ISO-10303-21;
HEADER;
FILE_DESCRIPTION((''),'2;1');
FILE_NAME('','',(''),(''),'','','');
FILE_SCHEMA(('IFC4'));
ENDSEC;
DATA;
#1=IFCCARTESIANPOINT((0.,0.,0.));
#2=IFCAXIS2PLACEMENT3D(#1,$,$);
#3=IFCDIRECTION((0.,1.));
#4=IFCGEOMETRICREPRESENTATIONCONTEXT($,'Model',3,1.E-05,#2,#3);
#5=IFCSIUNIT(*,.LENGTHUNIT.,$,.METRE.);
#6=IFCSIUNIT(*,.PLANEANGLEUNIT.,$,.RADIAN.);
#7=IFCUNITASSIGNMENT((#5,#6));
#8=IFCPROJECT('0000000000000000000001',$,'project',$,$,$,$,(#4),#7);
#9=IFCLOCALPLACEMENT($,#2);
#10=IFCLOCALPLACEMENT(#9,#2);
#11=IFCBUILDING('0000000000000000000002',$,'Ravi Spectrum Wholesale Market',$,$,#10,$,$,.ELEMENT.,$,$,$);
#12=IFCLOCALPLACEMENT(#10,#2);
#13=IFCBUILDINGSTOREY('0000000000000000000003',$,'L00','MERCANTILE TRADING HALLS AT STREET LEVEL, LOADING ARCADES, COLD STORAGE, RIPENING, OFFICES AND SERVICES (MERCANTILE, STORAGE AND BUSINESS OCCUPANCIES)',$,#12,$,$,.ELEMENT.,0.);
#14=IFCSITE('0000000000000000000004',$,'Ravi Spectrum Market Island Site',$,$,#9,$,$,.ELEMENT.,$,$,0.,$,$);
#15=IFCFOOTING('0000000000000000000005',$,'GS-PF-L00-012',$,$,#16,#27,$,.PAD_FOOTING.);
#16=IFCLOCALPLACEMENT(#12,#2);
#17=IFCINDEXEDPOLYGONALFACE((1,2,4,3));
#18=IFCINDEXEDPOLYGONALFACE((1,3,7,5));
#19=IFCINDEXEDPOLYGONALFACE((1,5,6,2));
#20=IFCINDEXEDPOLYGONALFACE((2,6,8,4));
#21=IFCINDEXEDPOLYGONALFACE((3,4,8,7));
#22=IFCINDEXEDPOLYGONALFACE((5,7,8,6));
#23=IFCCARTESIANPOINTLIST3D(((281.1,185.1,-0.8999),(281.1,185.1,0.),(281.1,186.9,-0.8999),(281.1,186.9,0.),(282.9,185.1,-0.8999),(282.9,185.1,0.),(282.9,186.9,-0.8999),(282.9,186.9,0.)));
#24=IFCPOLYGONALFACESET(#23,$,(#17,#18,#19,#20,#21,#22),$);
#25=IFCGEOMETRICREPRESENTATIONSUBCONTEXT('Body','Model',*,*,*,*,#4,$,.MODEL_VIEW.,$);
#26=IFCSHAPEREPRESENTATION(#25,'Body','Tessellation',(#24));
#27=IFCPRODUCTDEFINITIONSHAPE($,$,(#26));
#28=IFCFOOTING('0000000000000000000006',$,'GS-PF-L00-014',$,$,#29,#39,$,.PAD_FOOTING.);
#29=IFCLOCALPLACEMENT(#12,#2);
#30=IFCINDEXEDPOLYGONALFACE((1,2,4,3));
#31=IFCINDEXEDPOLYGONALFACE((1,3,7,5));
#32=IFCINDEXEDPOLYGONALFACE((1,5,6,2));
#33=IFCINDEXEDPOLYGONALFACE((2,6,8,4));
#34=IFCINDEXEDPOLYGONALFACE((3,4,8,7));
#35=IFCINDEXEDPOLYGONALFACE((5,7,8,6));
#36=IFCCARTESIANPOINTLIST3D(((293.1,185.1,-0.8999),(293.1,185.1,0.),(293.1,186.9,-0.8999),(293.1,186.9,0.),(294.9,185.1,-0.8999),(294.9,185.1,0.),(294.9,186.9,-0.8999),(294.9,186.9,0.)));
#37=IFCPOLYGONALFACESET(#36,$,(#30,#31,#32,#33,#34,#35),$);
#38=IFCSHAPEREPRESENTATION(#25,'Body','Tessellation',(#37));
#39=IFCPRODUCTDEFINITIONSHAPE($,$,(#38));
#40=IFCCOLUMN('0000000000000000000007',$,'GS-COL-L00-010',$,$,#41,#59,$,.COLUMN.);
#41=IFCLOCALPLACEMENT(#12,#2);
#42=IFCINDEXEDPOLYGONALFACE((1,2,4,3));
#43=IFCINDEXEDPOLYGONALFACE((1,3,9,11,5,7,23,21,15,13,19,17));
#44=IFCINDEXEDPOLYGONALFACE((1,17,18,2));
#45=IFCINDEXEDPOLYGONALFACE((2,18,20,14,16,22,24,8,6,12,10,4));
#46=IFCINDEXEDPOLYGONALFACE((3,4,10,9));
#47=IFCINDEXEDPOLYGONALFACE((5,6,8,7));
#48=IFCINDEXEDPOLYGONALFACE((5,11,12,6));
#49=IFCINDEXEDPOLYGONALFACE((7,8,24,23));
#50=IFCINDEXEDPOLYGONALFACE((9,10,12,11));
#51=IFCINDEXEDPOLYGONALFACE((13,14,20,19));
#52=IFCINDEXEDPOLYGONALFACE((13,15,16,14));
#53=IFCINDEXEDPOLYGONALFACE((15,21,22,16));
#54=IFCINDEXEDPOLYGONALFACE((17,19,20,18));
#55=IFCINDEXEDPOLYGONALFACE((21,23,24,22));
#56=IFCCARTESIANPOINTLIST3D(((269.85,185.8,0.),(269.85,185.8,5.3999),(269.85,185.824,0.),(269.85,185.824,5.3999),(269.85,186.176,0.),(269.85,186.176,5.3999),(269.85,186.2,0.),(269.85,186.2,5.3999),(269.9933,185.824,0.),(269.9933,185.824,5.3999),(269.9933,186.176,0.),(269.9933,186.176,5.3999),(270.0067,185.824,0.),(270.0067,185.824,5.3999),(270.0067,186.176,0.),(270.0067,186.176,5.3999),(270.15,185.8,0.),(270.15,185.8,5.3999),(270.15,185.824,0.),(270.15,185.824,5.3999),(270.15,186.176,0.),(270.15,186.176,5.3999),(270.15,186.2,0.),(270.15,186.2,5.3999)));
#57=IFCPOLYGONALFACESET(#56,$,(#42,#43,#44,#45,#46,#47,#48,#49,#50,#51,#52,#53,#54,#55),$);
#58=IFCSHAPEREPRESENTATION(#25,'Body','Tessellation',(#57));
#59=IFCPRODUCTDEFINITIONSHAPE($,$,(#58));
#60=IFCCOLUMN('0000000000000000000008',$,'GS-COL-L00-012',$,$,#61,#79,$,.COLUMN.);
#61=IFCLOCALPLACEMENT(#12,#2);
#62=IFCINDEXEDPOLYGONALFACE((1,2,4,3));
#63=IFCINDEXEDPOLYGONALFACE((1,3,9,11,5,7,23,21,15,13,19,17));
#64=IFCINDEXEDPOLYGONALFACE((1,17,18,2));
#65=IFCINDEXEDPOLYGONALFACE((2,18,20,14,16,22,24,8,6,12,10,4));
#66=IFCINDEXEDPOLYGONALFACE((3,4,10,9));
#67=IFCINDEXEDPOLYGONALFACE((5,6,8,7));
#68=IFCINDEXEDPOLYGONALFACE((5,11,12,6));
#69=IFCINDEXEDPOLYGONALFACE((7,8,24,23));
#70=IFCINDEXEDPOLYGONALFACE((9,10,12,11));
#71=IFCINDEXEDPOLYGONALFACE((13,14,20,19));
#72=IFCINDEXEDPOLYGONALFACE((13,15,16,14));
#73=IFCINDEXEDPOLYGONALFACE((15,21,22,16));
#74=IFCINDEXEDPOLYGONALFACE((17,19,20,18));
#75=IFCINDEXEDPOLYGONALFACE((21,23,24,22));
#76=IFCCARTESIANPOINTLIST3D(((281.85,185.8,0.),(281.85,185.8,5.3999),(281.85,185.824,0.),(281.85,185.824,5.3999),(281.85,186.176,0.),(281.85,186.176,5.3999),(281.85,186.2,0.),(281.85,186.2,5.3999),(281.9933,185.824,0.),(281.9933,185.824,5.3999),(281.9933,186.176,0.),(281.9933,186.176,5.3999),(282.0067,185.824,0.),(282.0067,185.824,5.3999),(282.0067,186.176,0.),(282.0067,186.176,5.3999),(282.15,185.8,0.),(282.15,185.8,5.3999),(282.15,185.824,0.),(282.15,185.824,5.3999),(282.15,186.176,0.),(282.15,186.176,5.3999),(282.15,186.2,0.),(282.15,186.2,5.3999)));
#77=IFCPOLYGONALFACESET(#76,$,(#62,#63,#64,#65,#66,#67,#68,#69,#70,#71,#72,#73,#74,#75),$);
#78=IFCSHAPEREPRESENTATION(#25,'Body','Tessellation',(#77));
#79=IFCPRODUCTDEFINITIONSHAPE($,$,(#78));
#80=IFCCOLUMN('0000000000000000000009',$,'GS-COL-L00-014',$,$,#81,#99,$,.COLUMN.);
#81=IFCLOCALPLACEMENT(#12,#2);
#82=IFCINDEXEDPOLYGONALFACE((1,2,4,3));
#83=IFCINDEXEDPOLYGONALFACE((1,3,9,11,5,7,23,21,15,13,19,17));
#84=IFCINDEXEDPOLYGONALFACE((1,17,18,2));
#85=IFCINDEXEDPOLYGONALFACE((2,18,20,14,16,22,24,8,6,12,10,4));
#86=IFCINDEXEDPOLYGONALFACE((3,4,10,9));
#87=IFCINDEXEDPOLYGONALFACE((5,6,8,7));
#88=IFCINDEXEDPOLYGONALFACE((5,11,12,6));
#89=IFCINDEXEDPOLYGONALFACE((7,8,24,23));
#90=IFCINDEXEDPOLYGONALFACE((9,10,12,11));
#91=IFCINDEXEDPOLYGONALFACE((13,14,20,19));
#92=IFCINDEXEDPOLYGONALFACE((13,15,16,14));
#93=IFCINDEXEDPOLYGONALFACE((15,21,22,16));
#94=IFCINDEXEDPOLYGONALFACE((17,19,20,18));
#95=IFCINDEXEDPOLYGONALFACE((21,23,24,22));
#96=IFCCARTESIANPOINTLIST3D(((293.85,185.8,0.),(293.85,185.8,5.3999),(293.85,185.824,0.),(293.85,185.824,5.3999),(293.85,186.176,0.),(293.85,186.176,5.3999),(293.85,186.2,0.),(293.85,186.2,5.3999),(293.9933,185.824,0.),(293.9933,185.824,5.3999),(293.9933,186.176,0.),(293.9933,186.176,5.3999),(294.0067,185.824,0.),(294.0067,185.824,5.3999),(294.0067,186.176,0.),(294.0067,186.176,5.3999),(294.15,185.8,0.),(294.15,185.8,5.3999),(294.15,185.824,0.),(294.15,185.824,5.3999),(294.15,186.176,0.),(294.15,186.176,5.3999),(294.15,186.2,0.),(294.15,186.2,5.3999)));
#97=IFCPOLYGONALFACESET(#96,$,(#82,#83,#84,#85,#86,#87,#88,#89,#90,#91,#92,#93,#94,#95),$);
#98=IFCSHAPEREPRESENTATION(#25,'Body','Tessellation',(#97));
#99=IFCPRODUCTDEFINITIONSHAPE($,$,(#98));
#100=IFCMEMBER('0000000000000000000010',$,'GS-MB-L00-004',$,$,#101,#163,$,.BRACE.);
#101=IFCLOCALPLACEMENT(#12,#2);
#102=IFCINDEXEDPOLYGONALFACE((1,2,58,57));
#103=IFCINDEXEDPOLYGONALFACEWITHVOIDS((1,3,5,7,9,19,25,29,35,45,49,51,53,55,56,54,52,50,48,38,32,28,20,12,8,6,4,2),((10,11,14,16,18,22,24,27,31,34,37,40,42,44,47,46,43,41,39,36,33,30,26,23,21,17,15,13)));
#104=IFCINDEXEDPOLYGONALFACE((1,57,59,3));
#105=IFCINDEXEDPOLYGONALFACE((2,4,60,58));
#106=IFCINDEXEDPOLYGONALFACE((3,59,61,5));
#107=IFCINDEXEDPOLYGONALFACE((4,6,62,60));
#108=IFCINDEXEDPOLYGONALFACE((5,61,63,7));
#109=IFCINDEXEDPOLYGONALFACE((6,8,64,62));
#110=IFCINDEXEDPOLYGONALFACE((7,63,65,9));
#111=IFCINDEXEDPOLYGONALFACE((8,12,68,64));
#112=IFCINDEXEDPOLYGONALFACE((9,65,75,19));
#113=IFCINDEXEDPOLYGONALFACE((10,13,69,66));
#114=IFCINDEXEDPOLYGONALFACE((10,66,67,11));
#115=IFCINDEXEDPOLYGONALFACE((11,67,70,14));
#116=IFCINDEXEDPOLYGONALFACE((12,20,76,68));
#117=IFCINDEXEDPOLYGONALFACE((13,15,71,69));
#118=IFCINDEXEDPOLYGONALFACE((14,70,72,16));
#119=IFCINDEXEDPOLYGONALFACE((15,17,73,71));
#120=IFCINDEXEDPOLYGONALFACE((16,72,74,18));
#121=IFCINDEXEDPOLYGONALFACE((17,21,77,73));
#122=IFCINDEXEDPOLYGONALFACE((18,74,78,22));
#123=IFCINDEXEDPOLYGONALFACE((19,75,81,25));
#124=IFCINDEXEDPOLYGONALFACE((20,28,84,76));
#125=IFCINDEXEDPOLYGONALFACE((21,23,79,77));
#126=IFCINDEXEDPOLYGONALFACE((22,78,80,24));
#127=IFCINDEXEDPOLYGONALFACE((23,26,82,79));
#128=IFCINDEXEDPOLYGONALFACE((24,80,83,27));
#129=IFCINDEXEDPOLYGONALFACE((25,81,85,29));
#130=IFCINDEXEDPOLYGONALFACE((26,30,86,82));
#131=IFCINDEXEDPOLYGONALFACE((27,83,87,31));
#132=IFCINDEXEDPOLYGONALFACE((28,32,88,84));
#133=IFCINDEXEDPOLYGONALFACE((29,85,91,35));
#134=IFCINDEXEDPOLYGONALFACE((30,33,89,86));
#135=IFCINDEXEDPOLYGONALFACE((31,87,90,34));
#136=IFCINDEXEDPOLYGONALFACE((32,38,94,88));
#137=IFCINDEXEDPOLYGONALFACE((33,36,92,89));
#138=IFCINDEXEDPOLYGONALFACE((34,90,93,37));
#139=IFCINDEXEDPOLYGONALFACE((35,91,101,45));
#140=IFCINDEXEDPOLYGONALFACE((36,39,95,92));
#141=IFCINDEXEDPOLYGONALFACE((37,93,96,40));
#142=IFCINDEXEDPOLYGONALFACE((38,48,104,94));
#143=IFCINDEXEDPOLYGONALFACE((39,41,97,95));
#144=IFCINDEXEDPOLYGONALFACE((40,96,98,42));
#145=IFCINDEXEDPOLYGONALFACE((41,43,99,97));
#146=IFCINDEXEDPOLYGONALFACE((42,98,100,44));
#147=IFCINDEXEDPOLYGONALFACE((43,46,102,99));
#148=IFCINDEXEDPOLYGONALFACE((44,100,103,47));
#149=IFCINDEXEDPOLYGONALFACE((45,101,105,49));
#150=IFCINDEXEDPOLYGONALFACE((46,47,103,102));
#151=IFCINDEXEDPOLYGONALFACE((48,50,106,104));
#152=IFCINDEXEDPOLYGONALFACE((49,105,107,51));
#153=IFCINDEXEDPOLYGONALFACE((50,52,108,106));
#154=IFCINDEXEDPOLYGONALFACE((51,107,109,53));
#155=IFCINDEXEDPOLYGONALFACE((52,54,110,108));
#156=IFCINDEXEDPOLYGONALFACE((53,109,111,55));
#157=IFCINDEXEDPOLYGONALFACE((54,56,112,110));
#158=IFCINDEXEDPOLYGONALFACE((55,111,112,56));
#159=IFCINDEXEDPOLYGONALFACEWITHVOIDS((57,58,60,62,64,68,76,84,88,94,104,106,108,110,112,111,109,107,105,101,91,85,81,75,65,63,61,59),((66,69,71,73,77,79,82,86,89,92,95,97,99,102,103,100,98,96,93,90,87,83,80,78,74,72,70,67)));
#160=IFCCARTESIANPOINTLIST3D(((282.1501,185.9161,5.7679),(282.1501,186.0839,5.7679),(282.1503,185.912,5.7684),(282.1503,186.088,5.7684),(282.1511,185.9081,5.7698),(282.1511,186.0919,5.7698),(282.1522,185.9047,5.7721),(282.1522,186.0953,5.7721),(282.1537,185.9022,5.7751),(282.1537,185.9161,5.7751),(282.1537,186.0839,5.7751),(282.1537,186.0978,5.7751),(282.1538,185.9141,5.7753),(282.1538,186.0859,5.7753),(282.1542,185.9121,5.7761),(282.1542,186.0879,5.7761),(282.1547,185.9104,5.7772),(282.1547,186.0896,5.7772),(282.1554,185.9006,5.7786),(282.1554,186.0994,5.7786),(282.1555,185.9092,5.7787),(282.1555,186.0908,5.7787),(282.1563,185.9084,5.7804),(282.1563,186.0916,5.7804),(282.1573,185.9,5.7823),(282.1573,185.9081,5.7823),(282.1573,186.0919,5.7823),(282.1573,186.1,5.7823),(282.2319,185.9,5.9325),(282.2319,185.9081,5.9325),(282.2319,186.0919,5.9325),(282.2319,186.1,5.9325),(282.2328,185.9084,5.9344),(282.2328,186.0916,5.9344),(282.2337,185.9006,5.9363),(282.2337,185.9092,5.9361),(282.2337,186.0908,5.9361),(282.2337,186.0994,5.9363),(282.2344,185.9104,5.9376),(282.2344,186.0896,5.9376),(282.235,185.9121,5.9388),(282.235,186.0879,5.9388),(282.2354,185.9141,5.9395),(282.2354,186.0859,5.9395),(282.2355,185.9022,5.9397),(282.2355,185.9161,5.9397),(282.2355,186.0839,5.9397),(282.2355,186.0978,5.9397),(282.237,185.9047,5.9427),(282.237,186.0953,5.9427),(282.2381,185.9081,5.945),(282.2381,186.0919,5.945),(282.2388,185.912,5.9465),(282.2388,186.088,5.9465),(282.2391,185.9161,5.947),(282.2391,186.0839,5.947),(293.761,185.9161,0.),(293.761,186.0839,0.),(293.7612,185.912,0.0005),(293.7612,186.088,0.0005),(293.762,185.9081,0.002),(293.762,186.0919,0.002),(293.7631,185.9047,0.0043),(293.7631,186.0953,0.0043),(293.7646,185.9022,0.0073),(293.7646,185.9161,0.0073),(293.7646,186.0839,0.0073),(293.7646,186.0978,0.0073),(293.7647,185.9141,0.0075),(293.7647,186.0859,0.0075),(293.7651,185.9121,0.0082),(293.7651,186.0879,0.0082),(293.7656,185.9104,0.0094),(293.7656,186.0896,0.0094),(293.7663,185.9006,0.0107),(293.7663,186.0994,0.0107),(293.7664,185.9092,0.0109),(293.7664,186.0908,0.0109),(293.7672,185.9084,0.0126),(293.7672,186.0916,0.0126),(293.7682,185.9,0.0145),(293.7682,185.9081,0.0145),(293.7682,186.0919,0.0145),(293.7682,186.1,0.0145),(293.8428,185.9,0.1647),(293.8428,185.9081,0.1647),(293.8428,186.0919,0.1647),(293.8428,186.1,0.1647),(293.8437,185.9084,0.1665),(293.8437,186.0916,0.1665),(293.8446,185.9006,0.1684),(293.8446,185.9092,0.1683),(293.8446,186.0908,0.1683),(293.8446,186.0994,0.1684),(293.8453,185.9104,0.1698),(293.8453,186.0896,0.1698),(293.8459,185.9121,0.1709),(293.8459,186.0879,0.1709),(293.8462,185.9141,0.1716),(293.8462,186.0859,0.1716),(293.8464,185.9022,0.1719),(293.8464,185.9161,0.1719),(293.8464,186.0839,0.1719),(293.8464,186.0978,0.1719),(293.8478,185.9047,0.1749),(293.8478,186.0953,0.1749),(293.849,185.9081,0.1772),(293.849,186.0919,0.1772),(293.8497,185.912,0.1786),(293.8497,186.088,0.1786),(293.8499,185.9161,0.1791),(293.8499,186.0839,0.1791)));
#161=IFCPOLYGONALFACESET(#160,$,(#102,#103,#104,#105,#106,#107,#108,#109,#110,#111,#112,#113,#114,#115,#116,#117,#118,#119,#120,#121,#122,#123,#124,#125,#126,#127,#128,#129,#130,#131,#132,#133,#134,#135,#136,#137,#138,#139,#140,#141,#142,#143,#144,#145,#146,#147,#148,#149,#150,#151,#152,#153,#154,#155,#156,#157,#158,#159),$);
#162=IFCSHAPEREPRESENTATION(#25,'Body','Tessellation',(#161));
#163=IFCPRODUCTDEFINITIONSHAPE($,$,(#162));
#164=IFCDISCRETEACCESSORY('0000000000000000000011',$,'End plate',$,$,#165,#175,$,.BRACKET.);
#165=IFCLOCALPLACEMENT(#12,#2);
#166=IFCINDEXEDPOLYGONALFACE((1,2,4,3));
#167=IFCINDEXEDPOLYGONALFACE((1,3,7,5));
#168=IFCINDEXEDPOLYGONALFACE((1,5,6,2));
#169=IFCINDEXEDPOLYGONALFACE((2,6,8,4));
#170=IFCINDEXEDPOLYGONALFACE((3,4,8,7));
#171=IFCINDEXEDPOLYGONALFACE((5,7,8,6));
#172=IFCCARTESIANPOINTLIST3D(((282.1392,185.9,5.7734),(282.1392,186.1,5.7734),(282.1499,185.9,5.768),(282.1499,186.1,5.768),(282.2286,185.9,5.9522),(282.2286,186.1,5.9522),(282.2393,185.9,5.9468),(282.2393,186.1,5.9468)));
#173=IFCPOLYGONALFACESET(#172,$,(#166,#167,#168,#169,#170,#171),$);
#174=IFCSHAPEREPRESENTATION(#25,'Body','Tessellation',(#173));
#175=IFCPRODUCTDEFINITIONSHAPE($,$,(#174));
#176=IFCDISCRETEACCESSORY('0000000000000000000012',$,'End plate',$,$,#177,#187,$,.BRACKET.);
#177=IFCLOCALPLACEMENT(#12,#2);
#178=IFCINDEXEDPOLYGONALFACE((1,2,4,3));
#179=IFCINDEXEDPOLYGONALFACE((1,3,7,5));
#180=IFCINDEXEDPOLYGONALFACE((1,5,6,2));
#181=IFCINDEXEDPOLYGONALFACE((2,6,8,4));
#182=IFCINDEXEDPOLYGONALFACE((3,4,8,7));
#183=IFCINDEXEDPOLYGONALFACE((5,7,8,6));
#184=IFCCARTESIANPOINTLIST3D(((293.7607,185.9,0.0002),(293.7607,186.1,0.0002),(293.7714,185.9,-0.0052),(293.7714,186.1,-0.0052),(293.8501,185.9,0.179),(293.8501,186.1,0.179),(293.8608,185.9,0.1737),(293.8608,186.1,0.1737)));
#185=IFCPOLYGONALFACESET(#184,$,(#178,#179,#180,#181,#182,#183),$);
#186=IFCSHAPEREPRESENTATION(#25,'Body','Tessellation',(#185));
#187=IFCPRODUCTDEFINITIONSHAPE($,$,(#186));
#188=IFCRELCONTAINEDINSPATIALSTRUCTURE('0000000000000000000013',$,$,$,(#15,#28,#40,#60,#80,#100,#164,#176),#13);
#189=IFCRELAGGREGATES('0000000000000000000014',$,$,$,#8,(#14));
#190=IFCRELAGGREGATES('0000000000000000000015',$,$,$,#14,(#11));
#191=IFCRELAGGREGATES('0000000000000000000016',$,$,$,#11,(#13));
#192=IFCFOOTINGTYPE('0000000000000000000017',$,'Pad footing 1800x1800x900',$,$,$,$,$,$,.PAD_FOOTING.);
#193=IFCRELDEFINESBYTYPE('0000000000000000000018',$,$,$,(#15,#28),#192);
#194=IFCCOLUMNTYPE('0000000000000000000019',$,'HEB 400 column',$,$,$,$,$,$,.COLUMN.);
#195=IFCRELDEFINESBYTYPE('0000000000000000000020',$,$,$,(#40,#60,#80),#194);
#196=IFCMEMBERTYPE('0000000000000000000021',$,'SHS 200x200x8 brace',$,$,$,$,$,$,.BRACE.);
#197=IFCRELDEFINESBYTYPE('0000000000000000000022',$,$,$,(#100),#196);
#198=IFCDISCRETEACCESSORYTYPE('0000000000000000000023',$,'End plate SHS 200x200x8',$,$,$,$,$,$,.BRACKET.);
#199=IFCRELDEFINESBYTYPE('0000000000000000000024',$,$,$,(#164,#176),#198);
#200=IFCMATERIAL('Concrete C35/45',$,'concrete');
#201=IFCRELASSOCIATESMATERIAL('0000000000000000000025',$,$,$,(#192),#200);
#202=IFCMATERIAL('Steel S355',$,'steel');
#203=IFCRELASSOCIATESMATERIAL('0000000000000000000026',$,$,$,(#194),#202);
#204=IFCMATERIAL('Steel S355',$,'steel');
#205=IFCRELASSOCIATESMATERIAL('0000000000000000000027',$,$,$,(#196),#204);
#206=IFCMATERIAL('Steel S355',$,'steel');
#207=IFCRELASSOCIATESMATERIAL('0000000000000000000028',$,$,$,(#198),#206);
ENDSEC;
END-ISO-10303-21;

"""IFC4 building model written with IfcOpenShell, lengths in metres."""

from ifc_helpers import new_model, si_unit, direction, frame, origin, origin_2d, place, context, subcontext, project, spatial, rectangle, hollow_rectangle, i_section, extrude, material, material_profile, profile_set, type_object, element, save


model = new_model("IFC4")

# Units and contexts
model_context = context("Model", 3, precision=1e-05, world=origin(), true_north=direction((0.0, 1.0)))
body_context = subcontext(model_context, "Body", "Model", "MODEL_VIEW")
ifc_project = project(units=[si_unit("LENGTHUNIT", "METRE"), si_unit("PLANEANGLEUNIT", "RADIAN")], contexts=[model_context])

# Site, building, storey
site_placement = place(None, origin())
site = spatial("IfcSite", under=ifc_project, at=site_placement, Name="Ravi Spectrum Market Island Site", CompositionType="ELEMENT", RefElevation=0.0)
building_placement = place(site_placement, origin())
building = spatial("IfcBuilding", under=site, at=building_placement, Name="Ravi Spectrum Wholesale Market", CompositionType="ELEMENT")
storey_placement = place(building_placement, origin())
storey = spatial("IfcBuildingStorey", under=building, at=storey_placement, Name="L00", Description="MERCANTILE TRADING HALLS AT STREET LEVEL, LOADING ARCADES, COLD STORAGE, RIPENING, OFFICES AND SERVICES (MERCANTILE, STORAGE AND BUSINESS OCCUPANCIES)", CompositionType="ELEMENT", Elevation=0.0)

# Footings
ifc_material_1 = material(Name="Concrete C35/45", Category="concrete")
footing_type = type_object("IfcFootingType", Name="Pad footing 1800x1800x900", PredefinedType="PAD_FOOTING", material=ifc_material_1)
for number, where, z_axis, x_axis, name in (
    (1, (282.0, 186.0, -0.8999), (0.0, 0.0, 1.0), (1.0, 0.0, 0.0), "GS-PF-L00-012"),
    (2, (294.0, 186.0, -0.8999), (0.0, 0.0, 1.0), (1.0, 0.0, 0.0), "GS-PF-L00-014"),
):
    element("IfcFooting", number, at=place(storey_placement, frame(where, z_axis=z_axis, x_axis=x_axis)), inside=storey, type_object=footing_type, Name=name, PredefinedType="PAD_FOOTING", context=body_context, shape_type="SweptSolid", body=[
        extrude(rectangle(XDim=1.8, YDim=1.8, at=origin_2d()), origin(), (0.0, 0.0, 1.0), 0.8999),
    ])

# Columns
ifc_material_2 = material(Name="Steel S355", Category="steel")
ifc_material_profile_1 = material_profile(ifc_material_2, i_section(OverallWidth=0.3, OverallDepth=0.3999, WebThickness=0.0134, FlangeThickness=0.0239, at=origin_2d()))
ifc_profile_set_1 = profile_set([ifc_material_profile_1], Name="Steel S355")
column_type = type_object("IfcColumnType", Name="HEB 400 column", PredefinedType="COLUMN", material=ifc_profile_set_1)
for number, where, z_axis, x_axis, name in (
    (3, (270.0, 186.0, 0.0), (0.0, 0.0, 1.0), (1.0, 0.0, 0.0), "GS-COL-L00-010"),
    (4, (282.0, 186.0, 0.0), (0.0, 0.0, 1.0), (1.0, 0.0, 0.0), "GS-COL-L00-012"),
    (5, (294.0, 186.0, 0.0), (0.0, 0.0, 1.0), (1.0, 0.0, 0.0), "GS-COL-L00-014"),
):
    element("IfcColumn", number, at=place(storey_placement, frame(where, z_axis=z_axis, x_axis=x_axis)), inside=storey, type_object=column_type, Name=name, PredefinedType="COLUMN", context=body_context, shape_type="SweptSolid", body=[
        extrude(i_section(OverallWidth=0.3, OverallDepth=0.3999, WebThickness=0.0134, FlangeThickness=0.0239, at=origin_2d()), origin(), (0.0, 0.0, 1.0), 5.3999),
    ])

# Member
ifc_material_3 = material(Name="Steel S355", Category="steel")
ifc_material_profile_2 = material_profile(ifc_material_3, hollow_rectangle(XDim=0.2, YDim=0.2, WallThickness=0.0081, InnerFilletRadius=0.0081, OuterFilletRadius=0.0161, at=origin_2d()))
ifc_profile_set_2 = profile_set([ifc_material_profile_2], Name="Steel S355")
member_type = type_object("IfcMemberType", Name="SHS 200x200x8 brace", PredefinedType="BRACE", material=ifc_profile_set_2)
member_placement = place(storey_placement, frame((282.1946, 186.0, 5.8574), z_axis=(0.895584, 0.0, -0.444892), x_axis=(0.0, 1.0, 0.0)))
element("IfcMember", 6, at=member_placement, inside=storey, type_object=member_type, Name="GS-MB-L00-004", PredefinedType="BRACE", context=body_context, shape_type="SweptSolid", body=[
    extrude(hollow_rectangle(XDim=0.2, YDim=0.2, WallThickness=0.0081, InnerFilletRadius=0.0081, OuterFilletRadius=0.0161, at=origin_2d()), origin(), (0.0, 0.0, 1.0), 12.9646),
])

# Discrete accessories
ifc_material_4 = material(Name="Steel S355", Category="steel")
ifc_material_profile_3 = material_profile(ifc_material_4, rectangle(XDim=0.2, YDim=0.2, at=origin_2d()))
ifc_profile_set_3 = profile_set([ifc_material_profile_3], Name="Steel S355")
discrete_accessory_type = type_object("IfcDiscreteAccessoryType", Name="End plate SHS 200x200x8", PredefinedType="BRACKET", material=ifc_profile_set_3)
for number, where, z_axis, x_axis, name in (
    (7, (282.1946, 186.0, 5.8574), (-0.894427, 0.0, 0.447214), (0.0, -1.0, 0.0), "End plate"),
    (8, (293.8054, 186.0, 0.0896), (0.894427, 0.0, -0.447214), (0.0, 1.0, 0.0), "End plate"),
):
    element("IfcDiscreteAccessory", number, at=place(storey_placement, frame(where, z_axis=z_axis, x_axis=x_axis)), inside=storey, type_object=discrete_accessory_type, Name=name, PredefinedType="BRACKET", context=body_context, shape_type="SweptSolid", body=[
        extrude(rectangle(XDim=0.2, YDim=0.2, at=origin_2d()), origin(), (0.0, 0.0, 1.0), 0.012),
    ])

save(model, "model.ifc")
